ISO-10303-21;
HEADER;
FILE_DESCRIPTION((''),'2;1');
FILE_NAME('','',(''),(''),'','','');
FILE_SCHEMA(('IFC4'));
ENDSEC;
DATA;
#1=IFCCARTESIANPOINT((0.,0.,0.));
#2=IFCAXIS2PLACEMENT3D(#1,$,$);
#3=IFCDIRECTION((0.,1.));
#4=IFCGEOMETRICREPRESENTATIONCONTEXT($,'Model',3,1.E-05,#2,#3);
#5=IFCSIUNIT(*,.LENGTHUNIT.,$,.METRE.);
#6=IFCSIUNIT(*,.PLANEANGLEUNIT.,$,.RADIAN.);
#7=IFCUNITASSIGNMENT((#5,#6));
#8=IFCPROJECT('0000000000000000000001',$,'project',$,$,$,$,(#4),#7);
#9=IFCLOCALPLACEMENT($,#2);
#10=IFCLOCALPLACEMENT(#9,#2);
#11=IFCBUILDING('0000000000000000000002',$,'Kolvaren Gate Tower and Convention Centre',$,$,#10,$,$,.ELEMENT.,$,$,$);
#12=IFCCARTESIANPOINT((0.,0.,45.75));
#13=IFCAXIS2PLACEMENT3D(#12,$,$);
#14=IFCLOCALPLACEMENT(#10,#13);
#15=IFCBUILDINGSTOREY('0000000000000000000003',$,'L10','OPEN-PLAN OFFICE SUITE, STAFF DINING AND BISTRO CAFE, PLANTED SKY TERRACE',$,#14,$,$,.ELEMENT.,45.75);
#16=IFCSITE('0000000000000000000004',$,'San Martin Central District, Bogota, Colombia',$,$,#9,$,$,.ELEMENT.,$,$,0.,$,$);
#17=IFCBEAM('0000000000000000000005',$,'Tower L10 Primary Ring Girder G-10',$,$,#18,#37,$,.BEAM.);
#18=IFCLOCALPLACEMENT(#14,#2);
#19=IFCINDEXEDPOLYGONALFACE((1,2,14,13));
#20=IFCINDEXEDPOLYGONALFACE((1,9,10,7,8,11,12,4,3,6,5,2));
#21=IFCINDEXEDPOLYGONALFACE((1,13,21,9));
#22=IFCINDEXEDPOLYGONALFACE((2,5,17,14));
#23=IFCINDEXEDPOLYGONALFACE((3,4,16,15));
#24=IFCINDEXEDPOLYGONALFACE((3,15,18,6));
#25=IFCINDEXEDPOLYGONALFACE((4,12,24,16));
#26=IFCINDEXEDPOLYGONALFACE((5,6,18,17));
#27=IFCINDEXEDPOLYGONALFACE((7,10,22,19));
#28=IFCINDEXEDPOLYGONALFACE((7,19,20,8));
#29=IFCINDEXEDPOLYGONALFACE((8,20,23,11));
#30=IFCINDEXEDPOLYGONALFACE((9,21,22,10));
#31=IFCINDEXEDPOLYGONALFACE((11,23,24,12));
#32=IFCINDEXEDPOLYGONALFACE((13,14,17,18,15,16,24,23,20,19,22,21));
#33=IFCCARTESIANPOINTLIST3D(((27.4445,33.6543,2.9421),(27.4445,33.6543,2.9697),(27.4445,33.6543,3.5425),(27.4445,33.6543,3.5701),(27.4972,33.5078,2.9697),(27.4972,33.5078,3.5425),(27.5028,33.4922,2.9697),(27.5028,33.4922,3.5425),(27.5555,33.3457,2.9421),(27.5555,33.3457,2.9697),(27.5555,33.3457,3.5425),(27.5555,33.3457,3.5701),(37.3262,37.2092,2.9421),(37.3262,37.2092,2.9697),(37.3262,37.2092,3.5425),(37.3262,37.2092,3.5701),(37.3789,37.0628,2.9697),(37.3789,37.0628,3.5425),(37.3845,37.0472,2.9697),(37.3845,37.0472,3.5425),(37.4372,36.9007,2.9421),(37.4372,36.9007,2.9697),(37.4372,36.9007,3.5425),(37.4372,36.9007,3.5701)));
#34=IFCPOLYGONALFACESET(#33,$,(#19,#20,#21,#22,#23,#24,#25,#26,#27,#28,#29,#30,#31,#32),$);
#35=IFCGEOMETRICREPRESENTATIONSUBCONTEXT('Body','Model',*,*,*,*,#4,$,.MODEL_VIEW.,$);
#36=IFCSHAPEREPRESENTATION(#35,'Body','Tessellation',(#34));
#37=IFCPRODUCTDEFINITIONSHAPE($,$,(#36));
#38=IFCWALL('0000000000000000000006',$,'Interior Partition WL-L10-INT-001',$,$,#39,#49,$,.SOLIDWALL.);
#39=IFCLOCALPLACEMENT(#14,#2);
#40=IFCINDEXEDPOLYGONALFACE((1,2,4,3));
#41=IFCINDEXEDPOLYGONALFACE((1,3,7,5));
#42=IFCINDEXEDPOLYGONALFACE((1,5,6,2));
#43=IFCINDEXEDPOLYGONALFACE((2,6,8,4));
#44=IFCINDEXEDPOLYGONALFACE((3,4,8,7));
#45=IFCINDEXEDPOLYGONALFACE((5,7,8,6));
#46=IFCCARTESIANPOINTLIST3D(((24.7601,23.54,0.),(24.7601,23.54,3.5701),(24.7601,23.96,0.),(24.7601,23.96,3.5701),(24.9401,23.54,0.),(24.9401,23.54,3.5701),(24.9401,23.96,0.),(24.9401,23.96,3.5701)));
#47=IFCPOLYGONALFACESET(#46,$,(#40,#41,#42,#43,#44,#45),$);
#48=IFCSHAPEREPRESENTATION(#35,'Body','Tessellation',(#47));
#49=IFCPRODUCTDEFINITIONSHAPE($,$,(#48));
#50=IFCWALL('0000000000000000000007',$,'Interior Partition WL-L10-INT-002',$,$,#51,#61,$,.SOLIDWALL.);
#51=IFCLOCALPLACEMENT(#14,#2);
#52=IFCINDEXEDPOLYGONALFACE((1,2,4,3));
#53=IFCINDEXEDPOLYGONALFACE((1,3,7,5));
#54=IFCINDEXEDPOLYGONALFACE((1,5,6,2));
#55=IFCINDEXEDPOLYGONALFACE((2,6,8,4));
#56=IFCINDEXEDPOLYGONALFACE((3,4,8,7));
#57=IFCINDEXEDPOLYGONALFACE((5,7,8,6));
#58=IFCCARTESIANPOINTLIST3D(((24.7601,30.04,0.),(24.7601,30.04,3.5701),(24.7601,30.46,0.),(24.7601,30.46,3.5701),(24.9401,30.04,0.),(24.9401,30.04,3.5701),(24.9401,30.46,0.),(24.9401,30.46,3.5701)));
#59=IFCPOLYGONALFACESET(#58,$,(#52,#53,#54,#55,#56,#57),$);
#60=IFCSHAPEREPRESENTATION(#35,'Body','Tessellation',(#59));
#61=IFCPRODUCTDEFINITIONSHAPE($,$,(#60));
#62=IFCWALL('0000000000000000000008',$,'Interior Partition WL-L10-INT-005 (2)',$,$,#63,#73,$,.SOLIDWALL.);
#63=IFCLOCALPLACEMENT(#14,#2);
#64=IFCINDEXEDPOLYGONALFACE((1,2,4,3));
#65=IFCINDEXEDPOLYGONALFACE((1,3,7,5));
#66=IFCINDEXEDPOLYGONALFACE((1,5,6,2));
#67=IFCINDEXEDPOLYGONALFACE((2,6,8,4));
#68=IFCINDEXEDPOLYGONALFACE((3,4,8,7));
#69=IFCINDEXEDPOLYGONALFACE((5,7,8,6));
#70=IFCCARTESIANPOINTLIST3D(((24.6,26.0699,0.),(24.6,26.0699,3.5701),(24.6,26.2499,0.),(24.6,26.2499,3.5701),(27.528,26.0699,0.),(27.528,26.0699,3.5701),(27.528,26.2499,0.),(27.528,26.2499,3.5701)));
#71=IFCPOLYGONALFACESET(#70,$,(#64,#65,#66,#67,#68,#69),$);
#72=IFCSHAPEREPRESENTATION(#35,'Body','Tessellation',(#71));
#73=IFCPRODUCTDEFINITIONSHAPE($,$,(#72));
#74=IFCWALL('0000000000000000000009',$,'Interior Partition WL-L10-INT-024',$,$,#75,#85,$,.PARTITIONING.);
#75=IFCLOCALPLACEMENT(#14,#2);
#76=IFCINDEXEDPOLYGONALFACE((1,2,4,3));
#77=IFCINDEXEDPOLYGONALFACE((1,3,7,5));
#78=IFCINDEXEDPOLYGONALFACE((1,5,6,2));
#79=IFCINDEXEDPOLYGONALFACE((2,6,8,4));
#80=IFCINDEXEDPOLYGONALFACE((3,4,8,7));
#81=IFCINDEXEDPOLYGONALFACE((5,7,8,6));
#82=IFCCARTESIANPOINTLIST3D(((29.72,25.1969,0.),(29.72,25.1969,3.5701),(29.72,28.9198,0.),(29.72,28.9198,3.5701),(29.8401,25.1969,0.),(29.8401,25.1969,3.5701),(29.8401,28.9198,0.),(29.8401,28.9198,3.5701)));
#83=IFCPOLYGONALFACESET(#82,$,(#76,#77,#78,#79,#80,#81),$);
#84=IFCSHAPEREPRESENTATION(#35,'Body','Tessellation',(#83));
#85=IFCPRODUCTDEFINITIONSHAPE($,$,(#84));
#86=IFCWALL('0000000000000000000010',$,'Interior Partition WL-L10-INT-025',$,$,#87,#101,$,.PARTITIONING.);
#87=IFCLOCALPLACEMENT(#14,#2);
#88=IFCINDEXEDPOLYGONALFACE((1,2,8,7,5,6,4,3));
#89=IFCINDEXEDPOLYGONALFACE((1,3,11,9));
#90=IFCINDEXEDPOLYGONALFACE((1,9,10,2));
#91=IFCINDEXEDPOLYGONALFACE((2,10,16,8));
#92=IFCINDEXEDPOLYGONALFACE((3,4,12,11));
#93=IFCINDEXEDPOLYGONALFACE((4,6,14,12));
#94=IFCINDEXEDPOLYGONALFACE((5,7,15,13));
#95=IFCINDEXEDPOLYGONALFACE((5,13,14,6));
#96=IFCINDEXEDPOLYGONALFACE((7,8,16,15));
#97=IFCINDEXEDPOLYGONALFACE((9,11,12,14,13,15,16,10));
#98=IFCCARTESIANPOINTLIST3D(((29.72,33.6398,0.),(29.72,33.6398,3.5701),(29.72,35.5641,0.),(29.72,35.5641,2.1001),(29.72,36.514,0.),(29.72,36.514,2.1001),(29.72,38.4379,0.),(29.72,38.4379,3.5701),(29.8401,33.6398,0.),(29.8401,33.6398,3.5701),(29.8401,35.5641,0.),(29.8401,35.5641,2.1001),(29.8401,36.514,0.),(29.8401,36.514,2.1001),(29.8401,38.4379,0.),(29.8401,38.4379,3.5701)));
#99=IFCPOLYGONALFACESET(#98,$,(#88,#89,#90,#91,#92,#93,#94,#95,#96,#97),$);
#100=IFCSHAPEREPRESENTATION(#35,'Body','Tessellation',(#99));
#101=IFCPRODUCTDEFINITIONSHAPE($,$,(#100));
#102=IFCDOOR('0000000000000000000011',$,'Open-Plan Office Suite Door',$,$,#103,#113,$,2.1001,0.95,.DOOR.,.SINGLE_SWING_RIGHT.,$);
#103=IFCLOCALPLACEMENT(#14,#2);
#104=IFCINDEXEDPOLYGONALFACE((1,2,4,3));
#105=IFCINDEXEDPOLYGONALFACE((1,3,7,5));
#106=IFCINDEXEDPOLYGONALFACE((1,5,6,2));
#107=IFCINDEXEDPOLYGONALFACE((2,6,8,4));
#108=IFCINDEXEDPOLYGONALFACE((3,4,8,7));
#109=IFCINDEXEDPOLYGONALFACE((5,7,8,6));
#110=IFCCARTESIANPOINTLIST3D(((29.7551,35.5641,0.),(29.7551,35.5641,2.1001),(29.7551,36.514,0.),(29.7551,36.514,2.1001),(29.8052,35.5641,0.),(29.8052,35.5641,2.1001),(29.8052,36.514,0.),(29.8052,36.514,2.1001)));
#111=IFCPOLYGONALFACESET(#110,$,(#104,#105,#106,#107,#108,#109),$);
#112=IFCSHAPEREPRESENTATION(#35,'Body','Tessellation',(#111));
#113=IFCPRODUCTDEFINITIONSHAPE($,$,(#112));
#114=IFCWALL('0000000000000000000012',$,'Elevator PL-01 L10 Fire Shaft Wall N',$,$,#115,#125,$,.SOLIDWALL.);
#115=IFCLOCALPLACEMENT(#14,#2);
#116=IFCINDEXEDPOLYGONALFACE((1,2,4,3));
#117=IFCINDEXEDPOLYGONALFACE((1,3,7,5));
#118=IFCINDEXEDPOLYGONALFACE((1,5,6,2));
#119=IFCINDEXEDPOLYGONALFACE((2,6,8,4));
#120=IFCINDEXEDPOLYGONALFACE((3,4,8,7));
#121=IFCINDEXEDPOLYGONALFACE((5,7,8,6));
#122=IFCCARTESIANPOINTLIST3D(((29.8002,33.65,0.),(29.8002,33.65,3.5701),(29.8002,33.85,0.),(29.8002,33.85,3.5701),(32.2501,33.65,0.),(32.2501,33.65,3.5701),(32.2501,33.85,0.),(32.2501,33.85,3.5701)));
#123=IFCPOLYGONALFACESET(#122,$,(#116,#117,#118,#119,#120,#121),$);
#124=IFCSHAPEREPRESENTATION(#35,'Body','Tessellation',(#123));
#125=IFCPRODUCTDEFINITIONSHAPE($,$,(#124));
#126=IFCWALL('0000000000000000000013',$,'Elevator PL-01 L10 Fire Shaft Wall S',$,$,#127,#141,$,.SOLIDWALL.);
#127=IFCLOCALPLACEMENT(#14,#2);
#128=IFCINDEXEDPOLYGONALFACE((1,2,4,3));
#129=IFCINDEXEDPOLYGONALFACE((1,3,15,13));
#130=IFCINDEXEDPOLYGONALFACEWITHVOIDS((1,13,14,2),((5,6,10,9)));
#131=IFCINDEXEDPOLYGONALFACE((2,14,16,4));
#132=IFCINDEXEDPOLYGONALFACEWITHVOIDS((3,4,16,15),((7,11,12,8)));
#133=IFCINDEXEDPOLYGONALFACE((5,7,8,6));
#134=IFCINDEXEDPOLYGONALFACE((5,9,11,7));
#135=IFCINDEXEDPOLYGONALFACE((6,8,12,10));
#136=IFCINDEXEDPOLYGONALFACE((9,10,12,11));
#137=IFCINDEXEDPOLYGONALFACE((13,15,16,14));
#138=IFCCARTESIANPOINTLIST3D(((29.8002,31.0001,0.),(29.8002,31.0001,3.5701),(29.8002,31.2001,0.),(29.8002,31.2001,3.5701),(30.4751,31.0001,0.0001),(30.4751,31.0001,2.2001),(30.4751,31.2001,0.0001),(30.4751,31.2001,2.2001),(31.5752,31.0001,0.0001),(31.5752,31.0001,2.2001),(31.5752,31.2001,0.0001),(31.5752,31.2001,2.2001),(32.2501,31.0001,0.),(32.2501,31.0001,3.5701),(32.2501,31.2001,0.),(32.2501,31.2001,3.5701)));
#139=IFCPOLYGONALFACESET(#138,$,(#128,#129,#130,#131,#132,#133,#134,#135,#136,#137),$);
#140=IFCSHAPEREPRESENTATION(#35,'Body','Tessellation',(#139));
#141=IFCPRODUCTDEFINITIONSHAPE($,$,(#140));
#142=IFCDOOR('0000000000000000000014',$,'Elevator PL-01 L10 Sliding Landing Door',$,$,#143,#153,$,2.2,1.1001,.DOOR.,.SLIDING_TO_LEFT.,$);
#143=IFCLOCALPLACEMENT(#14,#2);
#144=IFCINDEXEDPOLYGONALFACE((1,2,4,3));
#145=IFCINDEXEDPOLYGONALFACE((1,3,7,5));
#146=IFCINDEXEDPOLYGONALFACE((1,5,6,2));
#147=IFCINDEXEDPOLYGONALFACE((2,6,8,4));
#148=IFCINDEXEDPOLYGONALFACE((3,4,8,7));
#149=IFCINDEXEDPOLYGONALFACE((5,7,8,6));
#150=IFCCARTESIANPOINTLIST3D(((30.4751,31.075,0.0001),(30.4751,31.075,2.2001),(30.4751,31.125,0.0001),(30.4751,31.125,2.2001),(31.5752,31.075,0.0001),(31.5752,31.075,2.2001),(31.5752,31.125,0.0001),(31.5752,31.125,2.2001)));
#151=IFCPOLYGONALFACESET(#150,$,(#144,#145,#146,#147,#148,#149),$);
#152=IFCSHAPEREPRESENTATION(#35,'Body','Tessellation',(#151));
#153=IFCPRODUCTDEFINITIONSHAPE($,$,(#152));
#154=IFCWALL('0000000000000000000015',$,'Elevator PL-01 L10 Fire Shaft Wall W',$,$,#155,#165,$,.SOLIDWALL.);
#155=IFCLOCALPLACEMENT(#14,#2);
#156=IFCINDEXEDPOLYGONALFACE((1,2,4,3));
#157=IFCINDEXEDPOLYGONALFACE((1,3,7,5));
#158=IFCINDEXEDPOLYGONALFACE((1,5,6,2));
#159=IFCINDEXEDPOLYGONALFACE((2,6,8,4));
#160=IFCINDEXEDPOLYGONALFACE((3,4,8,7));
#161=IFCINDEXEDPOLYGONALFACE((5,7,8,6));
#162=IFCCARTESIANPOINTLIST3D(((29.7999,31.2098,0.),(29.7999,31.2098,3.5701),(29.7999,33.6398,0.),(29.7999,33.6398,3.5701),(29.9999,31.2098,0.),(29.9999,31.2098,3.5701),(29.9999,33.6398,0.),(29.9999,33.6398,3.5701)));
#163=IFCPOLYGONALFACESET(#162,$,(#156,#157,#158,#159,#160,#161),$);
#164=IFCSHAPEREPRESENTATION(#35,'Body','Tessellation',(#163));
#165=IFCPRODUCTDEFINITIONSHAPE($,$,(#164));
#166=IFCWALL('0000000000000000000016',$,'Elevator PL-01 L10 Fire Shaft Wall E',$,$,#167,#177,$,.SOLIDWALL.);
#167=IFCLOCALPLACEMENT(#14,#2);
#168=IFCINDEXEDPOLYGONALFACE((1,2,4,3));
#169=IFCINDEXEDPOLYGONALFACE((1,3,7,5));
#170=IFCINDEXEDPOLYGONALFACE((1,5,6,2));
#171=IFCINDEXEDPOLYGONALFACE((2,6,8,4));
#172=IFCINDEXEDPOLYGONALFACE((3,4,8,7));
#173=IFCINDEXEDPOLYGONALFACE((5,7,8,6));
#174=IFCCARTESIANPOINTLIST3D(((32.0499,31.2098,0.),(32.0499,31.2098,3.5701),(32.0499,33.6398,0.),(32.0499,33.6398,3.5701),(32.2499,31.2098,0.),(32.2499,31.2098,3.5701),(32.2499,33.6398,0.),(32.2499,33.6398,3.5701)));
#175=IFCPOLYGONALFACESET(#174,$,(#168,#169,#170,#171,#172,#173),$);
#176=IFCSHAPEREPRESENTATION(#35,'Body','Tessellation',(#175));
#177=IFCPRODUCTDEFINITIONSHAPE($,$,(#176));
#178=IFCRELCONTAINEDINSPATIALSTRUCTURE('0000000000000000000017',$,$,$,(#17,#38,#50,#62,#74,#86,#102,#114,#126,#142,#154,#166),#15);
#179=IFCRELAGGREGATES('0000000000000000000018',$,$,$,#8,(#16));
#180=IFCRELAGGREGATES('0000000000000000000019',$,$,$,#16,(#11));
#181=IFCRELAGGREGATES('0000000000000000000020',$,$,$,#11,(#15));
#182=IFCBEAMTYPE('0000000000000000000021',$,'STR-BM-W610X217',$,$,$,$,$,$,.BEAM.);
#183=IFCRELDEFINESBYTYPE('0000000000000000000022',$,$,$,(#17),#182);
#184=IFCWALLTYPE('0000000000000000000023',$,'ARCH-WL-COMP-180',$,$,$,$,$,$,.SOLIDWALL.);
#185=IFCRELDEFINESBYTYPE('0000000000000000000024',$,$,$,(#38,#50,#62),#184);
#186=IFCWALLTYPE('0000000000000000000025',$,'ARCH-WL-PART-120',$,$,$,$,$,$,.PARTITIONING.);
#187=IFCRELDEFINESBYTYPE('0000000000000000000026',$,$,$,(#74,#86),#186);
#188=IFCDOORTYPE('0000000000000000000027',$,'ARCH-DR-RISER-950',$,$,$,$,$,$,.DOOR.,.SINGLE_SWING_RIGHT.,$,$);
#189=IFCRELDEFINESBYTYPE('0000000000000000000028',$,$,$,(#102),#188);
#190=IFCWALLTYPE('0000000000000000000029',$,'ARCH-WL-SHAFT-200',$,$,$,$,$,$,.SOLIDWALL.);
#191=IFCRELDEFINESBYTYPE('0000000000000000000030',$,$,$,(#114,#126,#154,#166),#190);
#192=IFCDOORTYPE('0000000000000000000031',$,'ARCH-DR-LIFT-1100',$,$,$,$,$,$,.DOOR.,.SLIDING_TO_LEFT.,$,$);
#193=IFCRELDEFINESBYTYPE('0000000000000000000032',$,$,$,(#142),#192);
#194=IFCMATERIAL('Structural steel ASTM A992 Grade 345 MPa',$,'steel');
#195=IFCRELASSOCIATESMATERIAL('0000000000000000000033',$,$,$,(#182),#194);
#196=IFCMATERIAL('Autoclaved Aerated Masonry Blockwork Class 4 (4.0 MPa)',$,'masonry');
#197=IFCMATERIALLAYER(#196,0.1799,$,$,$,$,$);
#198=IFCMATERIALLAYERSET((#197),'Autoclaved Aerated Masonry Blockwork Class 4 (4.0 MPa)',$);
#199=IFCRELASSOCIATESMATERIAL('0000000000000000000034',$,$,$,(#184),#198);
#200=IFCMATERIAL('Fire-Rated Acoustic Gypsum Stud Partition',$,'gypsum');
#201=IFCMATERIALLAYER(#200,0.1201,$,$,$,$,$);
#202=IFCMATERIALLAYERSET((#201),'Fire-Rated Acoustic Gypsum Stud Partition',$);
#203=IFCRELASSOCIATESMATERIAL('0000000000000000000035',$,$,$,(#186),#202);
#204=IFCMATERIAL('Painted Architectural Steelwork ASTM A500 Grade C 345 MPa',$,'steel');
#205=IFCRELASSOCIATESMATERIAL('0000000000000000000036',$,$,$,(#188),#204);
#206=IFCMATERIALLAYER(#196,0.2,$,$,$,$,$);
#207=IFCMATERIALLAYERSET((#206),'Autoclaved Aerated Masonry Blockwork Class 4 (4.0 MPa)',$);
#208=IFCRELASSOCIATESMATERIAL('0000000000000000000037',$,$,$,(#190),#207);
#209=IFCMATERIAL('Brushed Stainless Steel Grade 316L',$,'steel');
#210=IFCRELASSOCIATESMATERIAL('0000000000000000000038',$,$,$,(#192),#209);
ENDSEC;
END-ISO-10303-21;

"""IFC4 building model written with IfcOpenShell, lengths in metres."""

from ifc_helpers import new_model, si_unit, direction, frame, frame_2d, origin, origin_2d, place, context, subcontext, project, spatial, rectangle, i_section, extrude, material, layer, layer_set, material_profile, profile_set, type_object, element, fill, save


model = new_model("IFC4")

# Units and contexts
model_context = context("Model", 3, precision=1e-05, world=origin(), true_north=direction((0.0, 1.0)))
body_context = subcontext(model_context, "Body", "Model", "MODEL_VIEW")
ifc_project = project(units=[si_unit("LENGTHUNIT", "METRE"), si_unit("PLANEANGLEUNIT", "RADIAN")], contexts=[model_context])

# Site, building, storey
site_placement = place(None, origin())
site = spatial("IfcSite", under=ifc_project, at=site_placement, Name="San Martin Central District, Bogota, Colombia", CompositionType="ELEMENT", RefElevation=0.0)
building_placement = place(site_placement, origin())
building = spatial("IfcBuilding", under=site, at=building_placement, Name="Kolvaren Gate Tower and Convention Centre", CompositionType="ELEMENT")
storey_placement = place(building_placement, frame((0.0, 0.0, 45.75)))
storey = spatial("IfcBuildingStorey", under=building, at=storey_placement, Name="L10", Description="OPEN-PLAN OFFICE SUITE, STAFF DINING AND BISTRO CAFE, PLANTED SKY TERRACE", CompositionType="ELEMENT", Elevation=45.75)

# Beam
ifc_material_1 = material(Name="Structural steel ASTM A992 Grade 345 MPa", Category="steel")
ifc_material_profile = material_profile(ifc_material_1, i_section(OverallWidth=0.3279, OverallDepth=0.6279, WebThickness=0.0166, FlangeThickness=0.0276, at=origin_2d()), Name="W610X217")
ifc_profile_set = profile_set([ifc_material_profile], Name="Structural steel ASTM A992 Grade 345 MPa")
beam_type = type_object("IfcBeamType", Name="STR-BM-W610X217", PredefinedType="BEAM", material=ifc_profile_set)
beam_placement = place(storey_placement, frame((27.5, 33.5, 3.2561), z_axis=(0.940961, 0.338514, 0.0), x_axis=(-0.338514, 0.940961, 0.0)))
element("IfcBeam", 1, at=beam_placement, inside=storey, type_object=beam_type, Name="Tower L10 Primary Ring Girder G-10", PredefinedType="BEAM", context=body_context, shape_type="SweptSolid", body=[
    extrude(i_section(OverallWidth=0.3279, OverallDepth=0.6279, WebThickness=0.0166, FlangeThickness=0.0276, at=origin_2d()), origin(), (0.0, 0.0, 1.0), 10.5017),
])

# Walls
ifc_material_2 = material(Name="Autoclaved Aerated Masonry Blockwork Class 4 (4.0 MPa)", Category="masonry")
ifc_layer_1 = layer(ifc_material_2, 0.1799)
ifc_layer_set_1 = layer_set([ifc_layer_1], Name="Autoclaved Aerated Masonry Blockwork Class 4 (4.0 MPa)")
wall_type_1 = type_object("IfcWallType", Name="ARCH-WL-COMP-180", PredefinedType="SOLIDWALL", material=ifc_layer_set_1)
for number, where, z_axis, x_axis, name in (
    (2, (24.8501, 23.54, 0.0), (0.0, 0.0, 1.0), (0.0, 1.0, 0.0), "Interior Partition WL-L10-INT-001"),
    (3, (24.8501, 30.04, 0.0), (0.0, 0.0, 1.0), (0.0, 1.0, 0.0), "Interior Partition WL-L10-INT-002"),
):
    element("IfcWall", number, at=place(storey_placement, frame(where, z_axis=z_axis, x_axis=x_axis)), inside=storey, type_object=wall_type_1, Name=name, PredefinedType="SOLIDWALL", context=body_context, shape_type="SweptSolid", body=[
        extrude(rectangle(XDim=0.4199, YDim=0.1799, at=frame_2d((0.21, 0.0))), origin(), (0.0, 0.0, 1.0), 3.5701),
    ])
wall_1_placement = place(storey_placement, frame((24.6001, 26.1599, 0.0), z_axis=(0.0, 0.0, 1.0), x_axis=(1.0, 0.0, 0.0)))
element("IfcWall", 4, at=wall_1_placement, inside=storey, type_object=wall_type_1, Name="Interior Partition WL-L10-INT-005 (2)", PredefinedType="SOLIDWALL", context=body_context, shape_type="SweptSolid", body=[
    extrude(rectangle(XDim=2.928, YDim=0.1799, at=frame_2d((1.4639, 0.0))), origin(), (0.0, 0.0, 1.0), 3.5701),
])
ifc_material_3 = material(Name="Fire-Rated Acoustic Gypsum Stud Partition", Category="gypsum")
ifc_layer_2 = layer(ifc_material_3, 0.1201)
ifc_layer_set_2 = layer_set([ifc_layer_2], Name="Fire-Rated Acoustic Gypsum Stud Partition")
wall_type_2 = type_object("IfcWallType", Name="ARCH-WL-PART-120", PredefinedType="PARTITIONING", material=ifc_layer_set_2)
wall_2_placement = place(storey_placement, frame((29.78, 25.197, 0.0), z_axis=(0.0, 0.0, 1.0), x_axis=(0.0, 1.0, 0.0)))
element("IfcWall", 5, at=wall_2_placement, inside=storey, type_object=wall_type_2, Name="Interior Partition WL-L10-INT-024", PredefinedType="PARTITIONING", context=body_context, shape_type="SweptSolid", body=[
    extrude(rectangle(XDim=3.7229, YDim=0.1201, at=frame_2d((1.8613, 0.0))), origin(), (0.0, 0.0, 1.0), 3.5701),
])

# Wall, opening, door
wall_3_placement = place(storey_placement, frame((29.78, 33.6399, 0.0), z_axis=(0.0, 0.0, 1.0), x_axis=(0.0, 1.0, 0.0)))
wall_3 = element("IfcWall", 6, at=wall_3_placement, inside=storey, type_object=wall_type_2, Name="Interior Partition WL-L10-INT-025", PredefinedType="PARTITIONING", context=body_context, shape_type="SweptSolid", body=[
    extrude(rectangle(XDim=4.7981, YDim=0.1201, at=frame_2d((2.3989, 0.0))), origin(), (0.0, 0.0, 1.0), 3.5701),
])
opening_1_placement = place(wall_3_placement, frame((1.9241, 0.0, 0.0)))
opening_1 = element("IfcOpeningElement", 7, at=opening_1_placement, cuts=wall_3, PredefinedType="OPENING", context=body_context, shape_type="SweptSolid", body=[
    extrude(rectangle(XDim=0.95, YDim=2.1001, at=frame_2d((0.4751, 1.05))), frame((0.0, 0.0701, 0.0), z_axis=(0.0, -1.0, 0.0), x_axis=(1.0, 0.0, 0.0)), (0.0, 0.0, 1.0), 0.1401),
])
ifc_material_4 = material(Name="Painted Architectural Steelwork ASTM A500 Grade C 345 MPa", Category="steel")
door_type_1 = type_object("IfcDoorType", Name="ARCH-DR-RISER-950", OperationType="SINGLE_SWING_RIGHT", PredefinedType="DOOR", material=ifc_material_4)
door_1_placement = place(opening_1_placement, origin())
door_1 = element("IfcDoor", 8, at=door_1_placement, inside=storey, type_object=door_type_1, Name="Open-Plan Office Suite Door", OperationType="SINGLE_SWING_RIGHT", OverallHeight=2.1001, OverallWidth=0.95, PredefinedType="DOOR", context=body_context, shape_type="SweptSolid", body=[
    extrude(rectangle(XDim=0.95, YDim=2.1001, at=frame_2d((0.4751, 1.05))), frame((0.0, 0.0249, 0.0), z_axis=(0.0, -1.0, 0.0), x_axis=(1.0, 0.0, 0.0)), (0.0, 0.0, 1.0), 0.05),
])
fill(opening_1, door_1)

# Wall
ifc_layer_3 = layer(ifc_material_2, 0.2)
ifc_layer_set_3 = layer_set([ifc_layer_3], Name="Autoclaved Aerated Masonry Blockwork Class 4 (4.0 MPa)")
wall_type_3 = type_object("IfcWallType", Name="ARCH-WL-SHAFT-200", PredefinedType="SOLIDWALL", material=ifc_layer_set_3)
wall_4_placement = place(storey_placement, frame((29.8, 33.75, 0.0), z_axis=(0.0, 0.0, 1.0), x_axis=(1.0, 0.0, 0.0)))
element("IfcWall", 9, at=wall_4_placement, inside=storey, type_object=wall_type_3, Name="Elevator PL-01 L10 Fire Shaft Wall N", PredefinedType="SOLIDWALL", context=body_context, shape_type="SweptSolid", body=[
    extrude(rectangle(XDim=2.45, YDim=0.2, at=frame_2d((1.2251, 0.0))), origin(), (0.0, 0.0, 1.0), 3.5701),
])

# Wall, opening, door
wall_5_placement = place(storey_placement, frame((29.8, 31.1001, 0.0), z_axis=(0.0, 0.0, 1.0), x_axis=(1.0, 0.0, 0.0)))
wall_5 = element("IfcWall", 10, at=wall_5_placement, inside=storey, type_object=wall_type_3, Name="Elevator PL-01 L10 Fire Shaft Wall S", PredefinedType="SOLIDWALL", context=body_context, shape_type="SweptSolid", body=[
    extrude(rectangle(XDim=2.45, YDim=0.2, at=frame_2d((1.2251, 0.0))), origin(), (0.0, 0.0, 1.0), 3.5701),
])
opening_2_placement = place(wall_5_placement, frame((0.675, 0.0, 0.0)))
opening_2 = element("IfcOpeningElement", 11, at=opening_2_placement, cuts=wall_5, PredefinedType="OPENING", context=body_context, shape_type="SweptSolid", body=[
    extrude(rectangle(XDim=1.1001, YDim=2.2, at=frame_2d((0.55, 1.1001))), frame((0.0, 0.1099, 0.0), z_axis=(0.0, -1.0, 0.0), x_axis=(1.0, 0.0, 0.0)), (0.0, 0.0, 1.0), 0.22),
])
ifc_material_5 = material(Name="Brushed Stainless Steel Grade 316L", Category="steel")
door_type_2 = type_object("IfcDoorType", Name="ARCH-DR-LIFT-1100", OperationType="SLIDING_TO_LEFT", PredefinedType="DOOR", material=ifc_material_5)
door_2_placement = place(opening_2_placement, origin())
door_2 = element("IfcDoor", 12, at=door_2_placement, inside=storey, type_object=door_type_2, Name="Elevator PL-01 L10 Sliding Landing Door", OperationType="SLIDING_TO_LEFT", OverallHeight=2.2, OverallWidth=1.1001, PredefinedType="DOOR", context=body_context, shape_type="SweptSolid", body=[
    extrude(rectangle(XDim=1.1001, YDim=2.2, at=frame_2d((0.55, 1.1001))), frame((0.0, 0.0249, 0.0), z_axis=(0.0, -1.0, 0.0), x_axis=(1.0, 0.0, 0.0)), (0.0, 0.0, 1.0), 0.05),
])
fill(opening_2, door_2)

# Walls
for number, where, z_axis, x_axis, name in (
    (13, (29.8999, 31.21, 0.0), (0.0, 0.0, 1.0), (0.0, 1.0, 0.0), "Elevator PL-01 L10 Fire Shaft Wall W"),
    (14, (32.1499, 31.21, 0.0), (0.0, 0.0, 1.0), (0.0, 1.0, 0.0), "Elevator PL-01 L10 Fire Shaft Wall E"),
):
    element("IfcWall", number, at=place(storey_placement, frame(where, z_axis=z_axis, x_axis=x_axis)), inside=storey, type_object=wall_type_3, Name=name, PredefinedType="SOLIDWALL", context=body_context, shape_type="SweptSolid", body=[
        extrude(rectangle(XDim=2.4299, YDim=0.2, at=frame_2d((1.2148, 0.0))), origin(), (0.0, 0.0, 1.0), 3.5701),
    ])

save(model, "model.ifc")
